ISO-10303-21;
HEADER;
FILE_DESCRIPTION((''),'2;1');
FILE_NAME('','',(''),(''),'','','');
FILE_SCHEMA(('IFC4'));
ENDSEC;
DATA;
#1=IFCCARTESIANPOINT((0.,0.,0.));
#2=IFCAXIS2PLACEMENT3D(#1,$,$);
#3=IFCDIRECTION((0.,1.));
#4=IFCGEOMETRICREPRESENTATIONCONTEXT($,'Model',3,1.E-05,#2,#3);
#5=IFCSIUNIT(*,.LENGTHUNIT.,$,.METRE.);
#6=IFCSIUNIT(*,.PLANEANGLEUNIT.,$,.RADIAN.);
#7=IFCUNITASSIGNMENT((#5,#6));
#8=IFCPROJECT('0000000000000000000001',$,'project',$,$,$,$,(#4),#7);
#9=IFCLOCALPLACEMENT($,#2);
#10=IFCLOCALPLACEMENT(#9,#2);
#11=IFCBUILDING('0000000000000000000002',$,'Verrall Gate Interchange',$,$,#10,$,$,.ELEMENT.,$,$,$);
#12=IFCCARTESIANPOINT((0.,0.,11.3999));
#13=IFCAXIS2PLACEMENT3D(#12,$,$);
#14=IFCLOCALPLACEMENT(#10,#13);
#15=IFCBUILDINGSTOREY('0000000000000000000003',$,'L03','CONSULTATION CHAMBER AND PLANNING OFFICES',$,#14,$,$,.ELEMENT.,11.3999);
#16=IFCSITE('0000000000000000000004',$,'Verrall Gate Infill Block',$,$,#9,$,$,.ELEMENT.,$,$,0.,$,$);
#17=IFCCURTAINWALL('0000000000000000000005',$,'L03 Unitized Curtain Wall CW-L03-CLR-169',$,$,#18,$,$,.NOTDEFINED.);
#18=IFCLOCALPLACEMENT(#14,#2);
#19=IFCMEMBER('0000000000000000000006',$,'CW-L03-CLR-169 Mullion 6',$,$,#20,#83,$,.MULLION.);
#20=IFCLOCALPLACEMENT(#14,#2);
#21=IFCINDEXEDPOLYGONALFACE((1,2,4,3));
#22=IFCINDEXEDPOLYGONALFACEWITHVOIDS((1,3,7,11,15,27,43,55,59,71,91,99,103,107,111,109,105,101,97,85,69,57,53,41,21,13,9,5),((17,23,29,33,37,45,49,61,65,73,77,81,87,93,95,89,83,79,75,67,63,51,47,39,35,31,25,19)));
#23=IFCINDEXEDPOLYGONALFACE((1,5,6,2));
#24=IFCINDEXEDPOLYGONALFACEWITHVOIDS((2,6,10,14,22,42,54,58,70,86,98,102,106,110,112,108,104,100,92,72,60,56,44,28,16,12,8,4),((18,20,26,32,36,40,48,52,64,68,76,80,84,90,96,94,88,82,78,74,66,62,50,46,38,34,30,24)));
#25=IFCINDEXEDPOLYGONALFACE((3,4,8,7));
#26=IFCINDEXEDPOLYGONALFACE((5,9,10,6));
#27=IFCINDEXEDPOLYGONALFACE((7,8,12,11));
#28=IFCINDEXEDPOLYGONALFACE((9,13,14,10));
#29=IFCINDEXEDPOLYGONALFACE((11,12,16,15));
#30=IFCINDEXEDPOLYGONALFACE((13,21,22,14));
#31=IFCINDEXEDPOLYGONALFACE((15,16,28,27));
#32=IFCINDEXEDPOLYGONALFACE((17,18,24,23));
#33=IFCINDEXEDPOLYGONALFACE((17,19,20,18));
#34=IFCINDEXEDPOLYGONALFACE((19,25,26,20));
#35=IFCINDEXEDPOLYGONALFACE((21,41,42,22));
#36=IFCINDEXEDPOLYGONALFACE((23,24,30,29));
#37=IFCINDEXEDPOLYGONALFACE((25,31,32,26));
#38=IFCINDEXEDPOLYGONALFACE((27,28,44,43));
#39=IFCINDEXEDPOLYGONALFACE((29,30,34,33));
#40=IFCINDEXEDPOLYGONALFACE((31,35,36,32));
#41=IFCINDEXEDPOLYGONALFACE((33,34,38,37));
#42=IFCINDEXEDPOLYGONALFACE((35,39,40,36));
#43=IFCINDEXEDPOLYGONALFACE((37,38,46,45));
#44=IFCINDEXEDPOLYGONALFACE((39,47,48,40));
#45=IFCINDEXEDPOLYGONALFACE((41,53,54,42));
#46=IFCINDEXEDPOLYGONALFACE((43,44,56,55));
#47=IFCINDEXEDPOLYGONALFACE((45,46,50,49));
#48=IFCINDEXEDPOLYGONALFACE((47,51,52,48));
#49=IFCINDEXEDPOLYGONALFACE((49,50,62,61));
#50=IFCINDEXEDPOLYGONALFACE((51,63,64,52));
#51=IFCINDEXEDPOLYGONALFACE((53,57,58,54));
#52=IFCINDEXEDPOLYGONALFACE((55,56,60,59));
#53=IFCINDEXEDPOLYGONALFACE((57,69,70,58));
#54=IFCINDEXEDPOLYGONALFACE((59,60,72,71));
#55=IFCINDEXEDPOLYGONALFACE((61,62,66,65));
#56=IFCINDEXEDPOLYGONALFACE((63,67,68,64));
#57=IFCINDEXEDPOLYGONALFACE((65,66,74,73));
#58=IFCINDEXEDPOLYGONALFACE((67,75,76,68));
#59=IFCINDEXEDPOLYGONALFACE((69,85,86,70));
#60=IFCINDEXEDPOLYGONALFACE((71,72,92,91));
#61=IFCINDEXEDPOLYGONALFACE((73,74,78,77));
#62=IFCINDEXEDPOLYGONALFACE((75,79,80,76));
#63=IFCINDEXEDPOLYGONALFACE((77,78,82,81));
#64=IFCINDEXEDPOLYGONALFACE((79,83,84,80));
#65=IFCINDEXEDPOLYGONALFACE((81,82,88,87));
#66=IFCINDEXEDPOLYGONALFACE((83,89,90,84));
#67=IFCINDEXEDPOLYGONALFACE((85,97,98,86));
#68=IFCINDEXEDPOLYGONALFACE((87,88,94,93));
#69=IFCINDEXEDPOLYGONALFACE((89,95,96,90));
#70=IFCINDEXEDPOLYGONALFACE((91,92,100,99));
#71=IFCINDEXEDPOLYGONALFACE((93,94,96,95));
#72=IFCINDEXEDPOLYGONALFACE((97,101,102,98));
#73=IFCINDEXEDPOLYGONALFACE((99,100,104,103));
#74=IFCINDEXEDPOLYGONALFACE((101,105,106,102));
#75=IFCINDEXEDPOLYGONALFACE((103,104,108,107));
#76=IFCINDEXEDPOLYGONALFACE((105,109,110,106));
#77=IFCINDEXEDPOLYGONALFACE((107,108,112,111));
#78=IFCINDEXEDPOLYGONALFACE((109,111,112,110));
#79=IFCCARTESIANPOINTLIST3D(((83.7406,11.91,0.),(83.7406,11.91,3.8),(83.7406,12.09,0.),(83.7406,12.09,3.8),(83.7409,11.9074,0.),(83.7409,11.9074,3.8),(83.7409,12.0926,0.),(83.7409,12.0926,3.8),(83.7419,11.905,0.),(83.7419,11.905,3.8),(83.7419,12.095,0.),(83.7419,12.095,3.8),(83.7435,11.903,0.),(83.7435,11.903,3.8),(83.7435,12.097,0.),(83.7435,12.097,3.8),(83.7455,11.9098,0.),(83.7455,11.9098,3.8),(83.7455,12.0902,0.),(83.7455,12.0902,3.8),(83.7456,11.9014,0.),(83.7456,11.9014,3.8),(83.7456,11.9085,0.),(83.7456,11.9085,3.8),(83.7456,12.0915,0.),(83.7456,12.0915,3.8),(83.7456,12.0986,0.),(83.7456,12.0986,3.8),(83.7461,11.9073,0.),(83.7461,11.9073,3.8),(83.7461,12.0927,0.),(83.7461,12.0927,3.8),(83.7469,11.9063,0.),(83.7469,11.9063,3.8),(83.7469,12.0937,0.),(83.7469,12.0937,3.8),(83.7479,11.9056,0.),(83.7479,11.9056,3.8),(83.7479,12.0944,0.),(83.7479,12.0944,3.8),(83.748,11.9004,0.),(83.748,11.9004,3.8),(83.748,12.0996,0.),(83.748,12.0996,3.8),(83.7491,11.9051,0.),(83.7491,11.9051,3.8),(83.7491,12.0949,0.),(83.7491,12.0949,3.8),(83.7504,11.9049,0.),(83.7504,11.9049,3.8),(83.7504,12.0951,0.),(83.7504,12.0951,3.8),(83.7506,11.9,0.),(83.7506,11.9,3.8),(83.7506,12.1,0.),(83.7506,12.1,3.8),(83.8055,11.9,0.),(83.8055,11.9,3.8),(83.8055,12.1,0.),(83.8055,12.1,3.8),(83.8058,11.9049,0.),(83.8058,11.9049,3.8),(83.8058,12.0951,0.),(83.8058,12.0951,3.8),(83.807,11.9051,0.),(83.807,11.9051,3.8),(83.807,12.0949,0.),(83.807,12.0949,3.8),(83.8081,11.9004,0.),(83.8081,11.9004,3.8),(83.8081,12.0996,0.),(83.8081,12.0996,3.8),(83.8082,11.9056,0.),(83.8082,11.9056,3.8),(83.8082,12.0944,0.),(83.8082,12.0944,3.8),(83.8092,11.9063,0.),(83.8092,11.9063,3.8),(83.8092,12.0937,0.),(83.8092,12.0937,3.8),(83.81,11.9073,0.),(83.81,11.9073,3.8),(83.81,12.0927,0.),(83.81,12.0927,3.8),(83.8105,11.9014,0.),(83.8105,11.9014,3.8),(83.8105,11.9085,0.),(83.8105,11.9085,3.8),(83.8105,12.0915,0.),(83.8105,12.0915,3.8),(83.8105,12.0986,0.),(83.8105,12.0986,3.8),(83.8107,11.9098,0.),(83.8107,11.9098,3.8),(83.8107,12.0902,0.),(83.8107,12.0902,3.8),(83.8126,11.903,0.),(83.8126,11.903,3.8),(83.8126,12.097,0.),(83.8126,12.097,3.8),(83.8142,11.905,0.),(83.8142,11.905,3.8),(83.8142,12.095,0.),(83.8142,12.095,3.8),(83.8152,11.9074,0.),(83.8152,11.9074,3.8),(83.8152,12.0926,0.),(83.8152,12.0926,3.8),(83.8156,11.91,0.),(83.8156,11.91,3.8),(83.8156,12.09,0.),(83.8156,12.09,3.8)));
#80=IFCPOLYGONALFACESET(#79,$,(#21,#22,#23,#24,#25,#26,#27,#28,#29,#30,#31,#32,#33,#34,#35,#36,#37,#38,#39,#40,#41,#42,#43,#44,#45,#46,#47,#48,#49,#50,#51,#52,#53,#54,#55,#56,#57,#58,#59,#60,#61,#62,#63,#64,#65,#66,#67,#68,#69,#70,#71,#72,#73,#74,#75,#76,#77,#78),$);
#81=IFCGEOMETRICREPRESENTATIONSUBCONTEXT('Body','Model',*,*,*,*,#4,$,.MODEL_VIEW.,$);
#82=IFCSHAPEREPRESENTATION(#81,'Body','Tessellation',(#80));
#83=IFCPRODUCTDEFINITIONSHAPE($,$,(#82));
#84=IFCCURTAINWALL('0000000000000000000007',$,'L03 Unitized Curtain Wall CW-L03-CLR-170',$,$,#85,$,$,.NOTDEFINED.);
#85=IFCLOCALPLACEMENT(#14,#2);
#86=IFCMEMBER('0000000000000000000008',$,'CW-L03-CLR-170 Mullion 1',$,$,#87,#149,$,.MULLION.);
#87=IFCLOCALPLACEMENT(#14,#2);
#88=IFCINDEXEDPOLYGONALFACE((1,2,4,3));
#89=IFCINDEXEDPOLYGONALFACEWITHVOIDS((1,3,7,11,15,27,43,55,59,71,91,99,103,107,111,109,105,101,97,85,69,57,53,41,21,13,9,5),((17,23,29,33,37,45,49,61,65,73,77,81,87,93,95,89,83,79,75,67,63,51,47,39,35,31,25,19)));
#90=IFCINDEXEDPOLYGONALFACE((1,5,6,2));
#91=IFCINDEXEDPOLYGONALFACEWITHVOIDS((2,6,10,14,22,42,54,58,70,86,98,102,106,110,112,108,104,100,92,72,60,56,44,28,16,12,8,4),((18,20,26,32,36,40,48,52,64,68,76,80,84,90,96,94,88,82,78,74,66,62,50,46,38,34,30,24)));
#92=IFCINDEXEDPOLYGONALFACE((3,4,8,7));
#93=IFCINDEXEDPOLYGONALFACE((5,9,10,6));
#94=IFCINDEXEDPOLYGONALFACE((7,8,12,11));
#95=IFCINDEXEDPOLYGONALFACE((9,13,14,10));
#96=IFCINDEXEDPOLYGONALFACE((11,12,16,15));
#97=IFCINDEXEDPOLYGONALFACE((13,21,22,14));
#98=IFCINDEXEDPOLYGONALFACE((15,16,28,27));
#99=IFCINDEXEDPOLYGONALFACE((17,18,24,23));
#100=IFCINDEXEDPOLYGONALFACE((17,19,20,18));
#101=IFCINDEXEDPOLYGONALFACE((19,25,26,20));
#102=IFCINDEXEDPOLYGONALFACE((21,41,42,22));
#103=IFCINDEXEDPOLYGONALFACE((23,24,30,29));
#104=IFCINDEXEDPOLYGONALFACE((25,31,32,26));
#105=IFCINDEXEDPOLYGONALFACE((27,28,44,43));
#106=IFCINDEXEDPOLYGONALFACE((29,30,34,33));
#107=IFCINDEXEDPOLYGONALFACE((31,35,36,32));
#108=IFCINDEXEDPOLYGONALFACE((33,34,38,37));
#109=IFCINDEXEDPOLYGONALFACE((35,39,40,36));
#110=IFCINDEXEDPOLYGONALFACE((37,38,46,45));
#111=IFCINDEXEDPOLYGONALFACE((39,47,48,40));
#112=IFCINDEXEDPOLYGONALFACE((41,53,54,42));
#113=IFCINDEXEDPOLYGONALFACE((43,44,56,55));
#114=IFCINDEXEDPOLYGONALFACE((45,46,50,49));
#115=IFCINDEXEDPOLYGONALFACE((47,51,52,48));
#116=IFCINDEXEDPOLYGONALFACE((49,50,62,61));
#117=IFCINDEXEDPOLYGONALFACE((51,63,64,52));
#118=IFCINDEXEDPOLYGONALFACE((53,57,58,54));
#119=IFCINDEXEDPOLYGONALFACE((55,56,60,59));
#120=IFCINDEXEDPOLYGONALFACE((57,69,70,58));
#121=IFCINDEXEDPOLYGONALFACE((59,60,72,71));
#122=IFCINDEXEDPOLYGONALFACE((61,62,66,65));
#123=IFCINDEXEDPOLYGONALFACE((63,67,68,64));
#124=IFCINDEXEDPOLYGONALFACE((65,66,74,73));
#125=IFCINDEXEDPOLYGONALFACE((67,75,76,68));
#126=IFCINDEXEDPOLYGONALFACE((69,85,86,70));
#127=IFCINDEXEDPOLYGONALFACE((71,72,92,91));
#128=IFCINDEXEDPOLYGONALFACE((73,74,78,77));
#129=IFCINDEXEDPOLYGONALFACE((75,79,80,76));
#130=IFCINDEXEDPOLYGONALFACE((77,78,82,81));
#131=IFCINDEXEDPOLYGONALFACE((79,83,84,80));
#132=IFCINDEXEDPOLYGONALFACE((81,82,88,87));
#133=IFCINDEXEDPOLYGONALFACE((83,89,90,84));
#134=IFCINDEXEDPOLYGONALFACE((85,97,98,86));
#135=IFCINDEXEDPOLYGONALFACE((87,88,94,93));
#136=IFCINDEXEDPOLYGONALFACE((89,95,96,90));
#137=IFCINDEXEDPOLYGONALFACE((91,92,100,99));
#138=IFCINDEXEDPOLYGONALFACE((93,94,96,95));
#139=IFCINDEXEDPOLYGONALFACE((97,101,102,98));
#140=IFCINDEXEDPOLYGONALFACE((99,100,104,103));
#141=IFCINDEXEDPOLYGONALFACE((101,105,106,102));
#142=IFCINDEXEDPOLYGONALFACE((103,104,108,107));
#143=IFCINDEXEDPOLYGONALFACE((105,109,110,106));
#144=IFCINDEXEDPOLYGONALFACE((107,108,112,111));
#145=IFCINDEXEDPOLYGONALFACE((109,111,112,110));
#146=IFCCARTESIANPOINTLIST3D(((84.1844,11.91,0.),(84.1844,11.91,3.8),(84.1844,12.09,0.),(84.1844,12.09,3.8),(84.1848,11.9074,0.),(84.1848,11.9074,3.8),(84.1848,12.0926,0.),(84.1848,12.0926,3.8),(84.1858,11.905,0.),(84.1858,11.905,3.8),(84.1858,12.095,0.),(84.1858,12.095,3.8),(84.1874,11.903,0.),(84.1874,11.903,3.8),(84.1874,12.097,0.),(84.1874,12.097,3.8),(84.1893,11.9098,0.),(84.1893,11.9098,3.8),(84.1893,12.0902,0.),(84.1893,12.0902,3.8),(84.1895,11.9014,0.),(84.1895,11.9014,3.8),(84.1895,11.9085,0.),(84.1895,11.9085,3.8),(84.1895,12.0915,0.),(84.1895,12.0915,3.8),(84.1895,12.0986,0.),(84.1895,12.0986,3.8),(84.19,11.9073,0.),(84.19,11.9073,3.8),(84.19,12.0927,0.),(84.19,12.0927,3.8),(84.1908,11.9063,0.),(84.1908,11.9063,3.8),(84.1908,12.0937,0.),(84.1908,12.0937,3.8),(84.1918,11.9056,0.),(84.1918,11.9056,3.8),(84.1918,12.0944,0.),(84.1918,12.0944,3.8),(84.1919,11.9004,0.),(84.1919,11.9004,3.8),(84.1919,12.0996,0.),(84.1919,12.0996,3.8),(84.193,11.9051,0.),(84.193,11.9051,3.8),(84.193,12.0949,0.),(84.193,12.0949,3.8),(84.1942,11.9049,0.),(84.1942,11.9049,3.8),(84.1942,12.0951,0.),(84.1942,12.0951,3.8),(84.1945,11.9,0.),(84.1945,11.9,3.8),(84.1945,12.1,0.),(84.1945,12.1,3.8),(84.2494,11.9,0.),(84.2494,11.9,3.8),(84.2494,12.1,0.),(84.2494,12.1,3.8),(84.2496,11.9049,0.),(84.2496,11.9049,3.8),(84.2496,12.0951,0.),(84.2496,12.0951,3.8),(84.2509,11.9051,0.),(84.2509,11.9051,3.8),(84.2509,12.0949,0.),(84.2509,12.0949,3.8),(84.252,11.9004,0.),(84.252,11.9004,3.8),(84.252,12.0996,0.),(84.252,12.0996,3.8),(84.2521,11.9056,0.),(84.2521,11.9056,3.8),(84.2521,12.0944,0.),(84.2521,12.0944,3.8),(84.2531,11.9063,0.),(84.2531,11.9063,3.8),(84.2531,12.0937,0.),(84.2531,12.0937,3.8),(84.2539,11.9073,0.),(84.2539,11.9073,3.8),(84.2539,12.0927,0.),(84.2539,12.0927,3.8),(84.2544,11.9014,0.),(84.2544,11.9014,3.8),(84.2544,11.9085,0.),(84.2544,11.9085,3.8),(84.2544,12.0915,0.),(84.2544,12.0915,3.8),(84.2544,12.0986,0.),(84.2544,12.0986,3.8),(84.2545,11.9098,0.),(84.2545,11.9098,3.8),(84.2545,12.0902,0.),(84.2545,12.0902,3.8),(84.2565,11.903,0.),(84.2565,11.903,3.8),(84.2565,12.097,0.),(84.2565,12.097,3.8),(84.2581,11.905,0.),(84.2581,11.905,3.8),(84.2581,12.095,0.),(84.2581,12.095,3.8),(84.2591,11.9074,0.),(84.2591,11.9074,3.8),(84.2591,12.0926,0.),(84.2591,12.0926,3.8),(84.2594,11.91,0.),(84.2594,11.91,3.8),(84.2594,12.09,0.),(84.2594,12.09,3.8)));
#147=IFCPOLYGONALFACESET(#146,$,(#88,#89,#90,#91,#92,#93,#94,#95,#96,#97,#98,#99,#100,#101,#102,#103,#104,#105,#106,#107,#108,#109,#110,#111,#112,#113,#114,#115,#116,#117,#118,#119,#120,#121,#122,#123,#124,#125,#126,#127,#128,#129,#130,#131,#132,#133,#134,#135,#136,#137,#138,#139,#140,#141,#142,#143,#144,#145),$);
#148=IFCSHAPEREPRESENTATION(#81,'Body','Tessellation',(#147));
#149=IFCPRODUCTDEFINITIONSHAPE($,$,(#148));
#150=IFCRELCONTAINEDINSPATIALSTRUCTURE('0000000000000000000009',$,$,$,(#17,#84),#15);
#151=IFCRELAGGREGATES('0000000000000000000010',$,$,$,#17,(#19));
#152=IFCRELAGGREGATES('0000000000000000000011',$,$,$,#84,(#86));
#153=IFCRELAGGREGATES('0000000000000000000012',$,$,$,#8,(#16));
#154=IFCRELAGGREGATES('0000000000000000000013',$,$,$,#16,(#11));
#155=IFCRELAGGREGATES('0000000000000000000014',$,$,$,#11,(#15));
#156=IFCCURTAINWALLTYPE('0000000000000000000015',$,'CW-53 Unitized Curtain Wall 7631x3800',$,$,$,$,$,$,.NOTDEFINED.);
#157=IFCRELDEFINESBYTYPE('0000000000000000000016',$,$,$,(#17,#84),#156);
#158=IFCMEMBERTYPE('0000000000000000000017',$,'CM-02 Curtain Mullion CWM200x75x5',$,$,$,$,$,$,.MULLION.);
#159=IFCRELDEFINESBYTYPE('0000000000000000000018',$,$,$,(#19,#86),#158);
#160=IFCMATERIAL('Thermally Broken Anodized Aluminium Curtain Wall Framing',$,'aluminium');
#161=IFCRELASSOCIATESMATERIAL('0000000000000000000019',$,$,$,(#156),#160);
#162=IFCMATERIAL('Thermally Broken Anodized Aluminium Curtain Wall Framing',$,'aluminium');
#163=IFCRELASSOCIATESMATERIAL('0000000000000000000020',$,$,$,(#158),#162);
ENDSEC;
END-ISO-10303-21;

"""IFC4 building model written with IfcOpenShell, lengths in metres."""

from ifc_helpers import new_model, si_unit, direction, frame, origin, origin_2d, place, context, subcontext, project, spatial, hollow_rectangle, extrude, material, material_profile, profile_set, type_object, element, aggregate, save


model = new_model("IFC4")

# Units and contexts
model_context = context("Model", 3, precision=1e-05, world=origin(), true_north=direction((0.0, 1.0)))
body_context = subcontext(model_context, "Body", "Model", "MODEL_VIEW")
ifc_project = project(units=[si_unit("LENGTHUNIT", "METRE"), si_unit("PLANEANGLEUNIT", "RADIAN")], contexts=[model_context])

# Site, building, storey
site_placement = place(None, origin())
site = spatial("IfcSite", under=ifc_project, at=site_placement, Name="Verrall Gate Infill Block", CompositionType="ELEMENT", RefElevation=0.0)
building_placement = place(site_placement, origin())
building = spatial("IfcBuilding", under=site, at=building_placement, Name="Verrall Gate Interchange", CompositionType="ELEMENT")
storey_placement = place(building_placement, frame((0.0, 0.0, 11.3999)))
storey = spatial("IfcBuildingStorey", under=building, at=storey_placement, Name="L03", Description="CONSULTATION CHAMBER AND PLANNING OFFICES", CompositionType="ELEMENT", Elevation=11.3999)

# Curtain wall, member
ifc_material_1 = material(Name="Thermally Broken Anodized Aluminium Curtain Wall Framing", Category="aluminium")
curtain_wall_type = type_object("IfcCurtainWallType", Name="CW-53 Unitized Curtain Wall 7631x3800", PredefinedType="NOTDEFINED", material=ifc_material_1)
curtain_wall_1_placement = place(storey_placement, origin())
curtain_wall_1 = element("IfcCurtainWall", 1, at=curtain_wall_1_placement, inside=storey, type_object=curtain_wall_type, Name="L03 Unitized Curtain Wall CW-L03-CLR-169", PredefinedType="NOTDEFINED")
ifc_material_2 = material(Name="Thermally Broken Anodized Aluminium Curtain Wall Framing", Category="aluminium")
ifc_material_profile_1 = material_profile(ifc_material_2, hollow_rectangle(XDim=0.075, YDim=0.2, WallThickness=0.0049, InnerFilletRadius=0.0049, OuterFilletRadius=0.01, at=origin_2d()), Name="CWM200x75x5")
ifc_profile_set_1 = profile_set([ifc_material_profile_1], Name="Thermally Broken Anodized Aluminium Curtain Wall Framing")
member_type_1 = type_object("IfcMemberType", Name="CM-02 Curtain Mullion CWM200x75x5", PredefinedType="MULLION", material=ifc_profile_set_1)
member_1_placement = place(storey_placement, frame((83.7781, 12.0, 0.0), z_axis=(0.0, 0.0, 1.0), x_axis=(1.0, 0.0, 0.0)))
member_1 = element("IfcMember", 2, at=member_1_placement, type_object=member_type_1, Name="CW-L03-CLR-169 Mullion 6", PredefinedType="MULLION", context=body_context, shape_type="SweptSolid", body=[
    extrude(hollow_rectangle(XDim=0.075, YDim=0.2, WallThickness=0.0049, InnerFilletRadius=0.0049, OuterFilletRadius=0.01, at=origin_2d()), origin(), (0.0, 0.0, 1.0), 3.8),
])

# Curtain wall, member
curtain_wall_2_placement = place(storey_placement, origin())
curtain_wall_2 = element("IfcCurtainWall", 3, at=curtain_wall_2_placement, inside=storey, type_object=curtain_wall_type, Name="L03 Unitized Curtain Wall CW-L03-CLR-170", PredefinedType="NOTDEFINED")
member_2_placement = place(storey_placement, frame((84.2219, 12.0, 0.0), z_axis=(0.0, 0.0, 1.0), x_axis=(1.0, 0.0, 0.0)))
member_2 = element("IfcMember", 4, at=member_2_placement, type_object=member_type_1, Name="CW-L03-CLR-170 Mullion 1", PredefinedType="MULLION", context=body_context, shape_type="SweptSolid", body=[
    extrude(hollow_rectangle(XDim=0.075, YDim=0.2, WallThickness=0.0049, InnerFilletRadius=0.0049, OuterFilletRadius=0.01, at=origin_2d()), origin(), (0.0, 0.0, 1.0), 3.8),
])

aggregate(curtain_wall_1, [member_1])
aggregate(curtain_wall_2, [member_2])

save(model, "model.ifc")
